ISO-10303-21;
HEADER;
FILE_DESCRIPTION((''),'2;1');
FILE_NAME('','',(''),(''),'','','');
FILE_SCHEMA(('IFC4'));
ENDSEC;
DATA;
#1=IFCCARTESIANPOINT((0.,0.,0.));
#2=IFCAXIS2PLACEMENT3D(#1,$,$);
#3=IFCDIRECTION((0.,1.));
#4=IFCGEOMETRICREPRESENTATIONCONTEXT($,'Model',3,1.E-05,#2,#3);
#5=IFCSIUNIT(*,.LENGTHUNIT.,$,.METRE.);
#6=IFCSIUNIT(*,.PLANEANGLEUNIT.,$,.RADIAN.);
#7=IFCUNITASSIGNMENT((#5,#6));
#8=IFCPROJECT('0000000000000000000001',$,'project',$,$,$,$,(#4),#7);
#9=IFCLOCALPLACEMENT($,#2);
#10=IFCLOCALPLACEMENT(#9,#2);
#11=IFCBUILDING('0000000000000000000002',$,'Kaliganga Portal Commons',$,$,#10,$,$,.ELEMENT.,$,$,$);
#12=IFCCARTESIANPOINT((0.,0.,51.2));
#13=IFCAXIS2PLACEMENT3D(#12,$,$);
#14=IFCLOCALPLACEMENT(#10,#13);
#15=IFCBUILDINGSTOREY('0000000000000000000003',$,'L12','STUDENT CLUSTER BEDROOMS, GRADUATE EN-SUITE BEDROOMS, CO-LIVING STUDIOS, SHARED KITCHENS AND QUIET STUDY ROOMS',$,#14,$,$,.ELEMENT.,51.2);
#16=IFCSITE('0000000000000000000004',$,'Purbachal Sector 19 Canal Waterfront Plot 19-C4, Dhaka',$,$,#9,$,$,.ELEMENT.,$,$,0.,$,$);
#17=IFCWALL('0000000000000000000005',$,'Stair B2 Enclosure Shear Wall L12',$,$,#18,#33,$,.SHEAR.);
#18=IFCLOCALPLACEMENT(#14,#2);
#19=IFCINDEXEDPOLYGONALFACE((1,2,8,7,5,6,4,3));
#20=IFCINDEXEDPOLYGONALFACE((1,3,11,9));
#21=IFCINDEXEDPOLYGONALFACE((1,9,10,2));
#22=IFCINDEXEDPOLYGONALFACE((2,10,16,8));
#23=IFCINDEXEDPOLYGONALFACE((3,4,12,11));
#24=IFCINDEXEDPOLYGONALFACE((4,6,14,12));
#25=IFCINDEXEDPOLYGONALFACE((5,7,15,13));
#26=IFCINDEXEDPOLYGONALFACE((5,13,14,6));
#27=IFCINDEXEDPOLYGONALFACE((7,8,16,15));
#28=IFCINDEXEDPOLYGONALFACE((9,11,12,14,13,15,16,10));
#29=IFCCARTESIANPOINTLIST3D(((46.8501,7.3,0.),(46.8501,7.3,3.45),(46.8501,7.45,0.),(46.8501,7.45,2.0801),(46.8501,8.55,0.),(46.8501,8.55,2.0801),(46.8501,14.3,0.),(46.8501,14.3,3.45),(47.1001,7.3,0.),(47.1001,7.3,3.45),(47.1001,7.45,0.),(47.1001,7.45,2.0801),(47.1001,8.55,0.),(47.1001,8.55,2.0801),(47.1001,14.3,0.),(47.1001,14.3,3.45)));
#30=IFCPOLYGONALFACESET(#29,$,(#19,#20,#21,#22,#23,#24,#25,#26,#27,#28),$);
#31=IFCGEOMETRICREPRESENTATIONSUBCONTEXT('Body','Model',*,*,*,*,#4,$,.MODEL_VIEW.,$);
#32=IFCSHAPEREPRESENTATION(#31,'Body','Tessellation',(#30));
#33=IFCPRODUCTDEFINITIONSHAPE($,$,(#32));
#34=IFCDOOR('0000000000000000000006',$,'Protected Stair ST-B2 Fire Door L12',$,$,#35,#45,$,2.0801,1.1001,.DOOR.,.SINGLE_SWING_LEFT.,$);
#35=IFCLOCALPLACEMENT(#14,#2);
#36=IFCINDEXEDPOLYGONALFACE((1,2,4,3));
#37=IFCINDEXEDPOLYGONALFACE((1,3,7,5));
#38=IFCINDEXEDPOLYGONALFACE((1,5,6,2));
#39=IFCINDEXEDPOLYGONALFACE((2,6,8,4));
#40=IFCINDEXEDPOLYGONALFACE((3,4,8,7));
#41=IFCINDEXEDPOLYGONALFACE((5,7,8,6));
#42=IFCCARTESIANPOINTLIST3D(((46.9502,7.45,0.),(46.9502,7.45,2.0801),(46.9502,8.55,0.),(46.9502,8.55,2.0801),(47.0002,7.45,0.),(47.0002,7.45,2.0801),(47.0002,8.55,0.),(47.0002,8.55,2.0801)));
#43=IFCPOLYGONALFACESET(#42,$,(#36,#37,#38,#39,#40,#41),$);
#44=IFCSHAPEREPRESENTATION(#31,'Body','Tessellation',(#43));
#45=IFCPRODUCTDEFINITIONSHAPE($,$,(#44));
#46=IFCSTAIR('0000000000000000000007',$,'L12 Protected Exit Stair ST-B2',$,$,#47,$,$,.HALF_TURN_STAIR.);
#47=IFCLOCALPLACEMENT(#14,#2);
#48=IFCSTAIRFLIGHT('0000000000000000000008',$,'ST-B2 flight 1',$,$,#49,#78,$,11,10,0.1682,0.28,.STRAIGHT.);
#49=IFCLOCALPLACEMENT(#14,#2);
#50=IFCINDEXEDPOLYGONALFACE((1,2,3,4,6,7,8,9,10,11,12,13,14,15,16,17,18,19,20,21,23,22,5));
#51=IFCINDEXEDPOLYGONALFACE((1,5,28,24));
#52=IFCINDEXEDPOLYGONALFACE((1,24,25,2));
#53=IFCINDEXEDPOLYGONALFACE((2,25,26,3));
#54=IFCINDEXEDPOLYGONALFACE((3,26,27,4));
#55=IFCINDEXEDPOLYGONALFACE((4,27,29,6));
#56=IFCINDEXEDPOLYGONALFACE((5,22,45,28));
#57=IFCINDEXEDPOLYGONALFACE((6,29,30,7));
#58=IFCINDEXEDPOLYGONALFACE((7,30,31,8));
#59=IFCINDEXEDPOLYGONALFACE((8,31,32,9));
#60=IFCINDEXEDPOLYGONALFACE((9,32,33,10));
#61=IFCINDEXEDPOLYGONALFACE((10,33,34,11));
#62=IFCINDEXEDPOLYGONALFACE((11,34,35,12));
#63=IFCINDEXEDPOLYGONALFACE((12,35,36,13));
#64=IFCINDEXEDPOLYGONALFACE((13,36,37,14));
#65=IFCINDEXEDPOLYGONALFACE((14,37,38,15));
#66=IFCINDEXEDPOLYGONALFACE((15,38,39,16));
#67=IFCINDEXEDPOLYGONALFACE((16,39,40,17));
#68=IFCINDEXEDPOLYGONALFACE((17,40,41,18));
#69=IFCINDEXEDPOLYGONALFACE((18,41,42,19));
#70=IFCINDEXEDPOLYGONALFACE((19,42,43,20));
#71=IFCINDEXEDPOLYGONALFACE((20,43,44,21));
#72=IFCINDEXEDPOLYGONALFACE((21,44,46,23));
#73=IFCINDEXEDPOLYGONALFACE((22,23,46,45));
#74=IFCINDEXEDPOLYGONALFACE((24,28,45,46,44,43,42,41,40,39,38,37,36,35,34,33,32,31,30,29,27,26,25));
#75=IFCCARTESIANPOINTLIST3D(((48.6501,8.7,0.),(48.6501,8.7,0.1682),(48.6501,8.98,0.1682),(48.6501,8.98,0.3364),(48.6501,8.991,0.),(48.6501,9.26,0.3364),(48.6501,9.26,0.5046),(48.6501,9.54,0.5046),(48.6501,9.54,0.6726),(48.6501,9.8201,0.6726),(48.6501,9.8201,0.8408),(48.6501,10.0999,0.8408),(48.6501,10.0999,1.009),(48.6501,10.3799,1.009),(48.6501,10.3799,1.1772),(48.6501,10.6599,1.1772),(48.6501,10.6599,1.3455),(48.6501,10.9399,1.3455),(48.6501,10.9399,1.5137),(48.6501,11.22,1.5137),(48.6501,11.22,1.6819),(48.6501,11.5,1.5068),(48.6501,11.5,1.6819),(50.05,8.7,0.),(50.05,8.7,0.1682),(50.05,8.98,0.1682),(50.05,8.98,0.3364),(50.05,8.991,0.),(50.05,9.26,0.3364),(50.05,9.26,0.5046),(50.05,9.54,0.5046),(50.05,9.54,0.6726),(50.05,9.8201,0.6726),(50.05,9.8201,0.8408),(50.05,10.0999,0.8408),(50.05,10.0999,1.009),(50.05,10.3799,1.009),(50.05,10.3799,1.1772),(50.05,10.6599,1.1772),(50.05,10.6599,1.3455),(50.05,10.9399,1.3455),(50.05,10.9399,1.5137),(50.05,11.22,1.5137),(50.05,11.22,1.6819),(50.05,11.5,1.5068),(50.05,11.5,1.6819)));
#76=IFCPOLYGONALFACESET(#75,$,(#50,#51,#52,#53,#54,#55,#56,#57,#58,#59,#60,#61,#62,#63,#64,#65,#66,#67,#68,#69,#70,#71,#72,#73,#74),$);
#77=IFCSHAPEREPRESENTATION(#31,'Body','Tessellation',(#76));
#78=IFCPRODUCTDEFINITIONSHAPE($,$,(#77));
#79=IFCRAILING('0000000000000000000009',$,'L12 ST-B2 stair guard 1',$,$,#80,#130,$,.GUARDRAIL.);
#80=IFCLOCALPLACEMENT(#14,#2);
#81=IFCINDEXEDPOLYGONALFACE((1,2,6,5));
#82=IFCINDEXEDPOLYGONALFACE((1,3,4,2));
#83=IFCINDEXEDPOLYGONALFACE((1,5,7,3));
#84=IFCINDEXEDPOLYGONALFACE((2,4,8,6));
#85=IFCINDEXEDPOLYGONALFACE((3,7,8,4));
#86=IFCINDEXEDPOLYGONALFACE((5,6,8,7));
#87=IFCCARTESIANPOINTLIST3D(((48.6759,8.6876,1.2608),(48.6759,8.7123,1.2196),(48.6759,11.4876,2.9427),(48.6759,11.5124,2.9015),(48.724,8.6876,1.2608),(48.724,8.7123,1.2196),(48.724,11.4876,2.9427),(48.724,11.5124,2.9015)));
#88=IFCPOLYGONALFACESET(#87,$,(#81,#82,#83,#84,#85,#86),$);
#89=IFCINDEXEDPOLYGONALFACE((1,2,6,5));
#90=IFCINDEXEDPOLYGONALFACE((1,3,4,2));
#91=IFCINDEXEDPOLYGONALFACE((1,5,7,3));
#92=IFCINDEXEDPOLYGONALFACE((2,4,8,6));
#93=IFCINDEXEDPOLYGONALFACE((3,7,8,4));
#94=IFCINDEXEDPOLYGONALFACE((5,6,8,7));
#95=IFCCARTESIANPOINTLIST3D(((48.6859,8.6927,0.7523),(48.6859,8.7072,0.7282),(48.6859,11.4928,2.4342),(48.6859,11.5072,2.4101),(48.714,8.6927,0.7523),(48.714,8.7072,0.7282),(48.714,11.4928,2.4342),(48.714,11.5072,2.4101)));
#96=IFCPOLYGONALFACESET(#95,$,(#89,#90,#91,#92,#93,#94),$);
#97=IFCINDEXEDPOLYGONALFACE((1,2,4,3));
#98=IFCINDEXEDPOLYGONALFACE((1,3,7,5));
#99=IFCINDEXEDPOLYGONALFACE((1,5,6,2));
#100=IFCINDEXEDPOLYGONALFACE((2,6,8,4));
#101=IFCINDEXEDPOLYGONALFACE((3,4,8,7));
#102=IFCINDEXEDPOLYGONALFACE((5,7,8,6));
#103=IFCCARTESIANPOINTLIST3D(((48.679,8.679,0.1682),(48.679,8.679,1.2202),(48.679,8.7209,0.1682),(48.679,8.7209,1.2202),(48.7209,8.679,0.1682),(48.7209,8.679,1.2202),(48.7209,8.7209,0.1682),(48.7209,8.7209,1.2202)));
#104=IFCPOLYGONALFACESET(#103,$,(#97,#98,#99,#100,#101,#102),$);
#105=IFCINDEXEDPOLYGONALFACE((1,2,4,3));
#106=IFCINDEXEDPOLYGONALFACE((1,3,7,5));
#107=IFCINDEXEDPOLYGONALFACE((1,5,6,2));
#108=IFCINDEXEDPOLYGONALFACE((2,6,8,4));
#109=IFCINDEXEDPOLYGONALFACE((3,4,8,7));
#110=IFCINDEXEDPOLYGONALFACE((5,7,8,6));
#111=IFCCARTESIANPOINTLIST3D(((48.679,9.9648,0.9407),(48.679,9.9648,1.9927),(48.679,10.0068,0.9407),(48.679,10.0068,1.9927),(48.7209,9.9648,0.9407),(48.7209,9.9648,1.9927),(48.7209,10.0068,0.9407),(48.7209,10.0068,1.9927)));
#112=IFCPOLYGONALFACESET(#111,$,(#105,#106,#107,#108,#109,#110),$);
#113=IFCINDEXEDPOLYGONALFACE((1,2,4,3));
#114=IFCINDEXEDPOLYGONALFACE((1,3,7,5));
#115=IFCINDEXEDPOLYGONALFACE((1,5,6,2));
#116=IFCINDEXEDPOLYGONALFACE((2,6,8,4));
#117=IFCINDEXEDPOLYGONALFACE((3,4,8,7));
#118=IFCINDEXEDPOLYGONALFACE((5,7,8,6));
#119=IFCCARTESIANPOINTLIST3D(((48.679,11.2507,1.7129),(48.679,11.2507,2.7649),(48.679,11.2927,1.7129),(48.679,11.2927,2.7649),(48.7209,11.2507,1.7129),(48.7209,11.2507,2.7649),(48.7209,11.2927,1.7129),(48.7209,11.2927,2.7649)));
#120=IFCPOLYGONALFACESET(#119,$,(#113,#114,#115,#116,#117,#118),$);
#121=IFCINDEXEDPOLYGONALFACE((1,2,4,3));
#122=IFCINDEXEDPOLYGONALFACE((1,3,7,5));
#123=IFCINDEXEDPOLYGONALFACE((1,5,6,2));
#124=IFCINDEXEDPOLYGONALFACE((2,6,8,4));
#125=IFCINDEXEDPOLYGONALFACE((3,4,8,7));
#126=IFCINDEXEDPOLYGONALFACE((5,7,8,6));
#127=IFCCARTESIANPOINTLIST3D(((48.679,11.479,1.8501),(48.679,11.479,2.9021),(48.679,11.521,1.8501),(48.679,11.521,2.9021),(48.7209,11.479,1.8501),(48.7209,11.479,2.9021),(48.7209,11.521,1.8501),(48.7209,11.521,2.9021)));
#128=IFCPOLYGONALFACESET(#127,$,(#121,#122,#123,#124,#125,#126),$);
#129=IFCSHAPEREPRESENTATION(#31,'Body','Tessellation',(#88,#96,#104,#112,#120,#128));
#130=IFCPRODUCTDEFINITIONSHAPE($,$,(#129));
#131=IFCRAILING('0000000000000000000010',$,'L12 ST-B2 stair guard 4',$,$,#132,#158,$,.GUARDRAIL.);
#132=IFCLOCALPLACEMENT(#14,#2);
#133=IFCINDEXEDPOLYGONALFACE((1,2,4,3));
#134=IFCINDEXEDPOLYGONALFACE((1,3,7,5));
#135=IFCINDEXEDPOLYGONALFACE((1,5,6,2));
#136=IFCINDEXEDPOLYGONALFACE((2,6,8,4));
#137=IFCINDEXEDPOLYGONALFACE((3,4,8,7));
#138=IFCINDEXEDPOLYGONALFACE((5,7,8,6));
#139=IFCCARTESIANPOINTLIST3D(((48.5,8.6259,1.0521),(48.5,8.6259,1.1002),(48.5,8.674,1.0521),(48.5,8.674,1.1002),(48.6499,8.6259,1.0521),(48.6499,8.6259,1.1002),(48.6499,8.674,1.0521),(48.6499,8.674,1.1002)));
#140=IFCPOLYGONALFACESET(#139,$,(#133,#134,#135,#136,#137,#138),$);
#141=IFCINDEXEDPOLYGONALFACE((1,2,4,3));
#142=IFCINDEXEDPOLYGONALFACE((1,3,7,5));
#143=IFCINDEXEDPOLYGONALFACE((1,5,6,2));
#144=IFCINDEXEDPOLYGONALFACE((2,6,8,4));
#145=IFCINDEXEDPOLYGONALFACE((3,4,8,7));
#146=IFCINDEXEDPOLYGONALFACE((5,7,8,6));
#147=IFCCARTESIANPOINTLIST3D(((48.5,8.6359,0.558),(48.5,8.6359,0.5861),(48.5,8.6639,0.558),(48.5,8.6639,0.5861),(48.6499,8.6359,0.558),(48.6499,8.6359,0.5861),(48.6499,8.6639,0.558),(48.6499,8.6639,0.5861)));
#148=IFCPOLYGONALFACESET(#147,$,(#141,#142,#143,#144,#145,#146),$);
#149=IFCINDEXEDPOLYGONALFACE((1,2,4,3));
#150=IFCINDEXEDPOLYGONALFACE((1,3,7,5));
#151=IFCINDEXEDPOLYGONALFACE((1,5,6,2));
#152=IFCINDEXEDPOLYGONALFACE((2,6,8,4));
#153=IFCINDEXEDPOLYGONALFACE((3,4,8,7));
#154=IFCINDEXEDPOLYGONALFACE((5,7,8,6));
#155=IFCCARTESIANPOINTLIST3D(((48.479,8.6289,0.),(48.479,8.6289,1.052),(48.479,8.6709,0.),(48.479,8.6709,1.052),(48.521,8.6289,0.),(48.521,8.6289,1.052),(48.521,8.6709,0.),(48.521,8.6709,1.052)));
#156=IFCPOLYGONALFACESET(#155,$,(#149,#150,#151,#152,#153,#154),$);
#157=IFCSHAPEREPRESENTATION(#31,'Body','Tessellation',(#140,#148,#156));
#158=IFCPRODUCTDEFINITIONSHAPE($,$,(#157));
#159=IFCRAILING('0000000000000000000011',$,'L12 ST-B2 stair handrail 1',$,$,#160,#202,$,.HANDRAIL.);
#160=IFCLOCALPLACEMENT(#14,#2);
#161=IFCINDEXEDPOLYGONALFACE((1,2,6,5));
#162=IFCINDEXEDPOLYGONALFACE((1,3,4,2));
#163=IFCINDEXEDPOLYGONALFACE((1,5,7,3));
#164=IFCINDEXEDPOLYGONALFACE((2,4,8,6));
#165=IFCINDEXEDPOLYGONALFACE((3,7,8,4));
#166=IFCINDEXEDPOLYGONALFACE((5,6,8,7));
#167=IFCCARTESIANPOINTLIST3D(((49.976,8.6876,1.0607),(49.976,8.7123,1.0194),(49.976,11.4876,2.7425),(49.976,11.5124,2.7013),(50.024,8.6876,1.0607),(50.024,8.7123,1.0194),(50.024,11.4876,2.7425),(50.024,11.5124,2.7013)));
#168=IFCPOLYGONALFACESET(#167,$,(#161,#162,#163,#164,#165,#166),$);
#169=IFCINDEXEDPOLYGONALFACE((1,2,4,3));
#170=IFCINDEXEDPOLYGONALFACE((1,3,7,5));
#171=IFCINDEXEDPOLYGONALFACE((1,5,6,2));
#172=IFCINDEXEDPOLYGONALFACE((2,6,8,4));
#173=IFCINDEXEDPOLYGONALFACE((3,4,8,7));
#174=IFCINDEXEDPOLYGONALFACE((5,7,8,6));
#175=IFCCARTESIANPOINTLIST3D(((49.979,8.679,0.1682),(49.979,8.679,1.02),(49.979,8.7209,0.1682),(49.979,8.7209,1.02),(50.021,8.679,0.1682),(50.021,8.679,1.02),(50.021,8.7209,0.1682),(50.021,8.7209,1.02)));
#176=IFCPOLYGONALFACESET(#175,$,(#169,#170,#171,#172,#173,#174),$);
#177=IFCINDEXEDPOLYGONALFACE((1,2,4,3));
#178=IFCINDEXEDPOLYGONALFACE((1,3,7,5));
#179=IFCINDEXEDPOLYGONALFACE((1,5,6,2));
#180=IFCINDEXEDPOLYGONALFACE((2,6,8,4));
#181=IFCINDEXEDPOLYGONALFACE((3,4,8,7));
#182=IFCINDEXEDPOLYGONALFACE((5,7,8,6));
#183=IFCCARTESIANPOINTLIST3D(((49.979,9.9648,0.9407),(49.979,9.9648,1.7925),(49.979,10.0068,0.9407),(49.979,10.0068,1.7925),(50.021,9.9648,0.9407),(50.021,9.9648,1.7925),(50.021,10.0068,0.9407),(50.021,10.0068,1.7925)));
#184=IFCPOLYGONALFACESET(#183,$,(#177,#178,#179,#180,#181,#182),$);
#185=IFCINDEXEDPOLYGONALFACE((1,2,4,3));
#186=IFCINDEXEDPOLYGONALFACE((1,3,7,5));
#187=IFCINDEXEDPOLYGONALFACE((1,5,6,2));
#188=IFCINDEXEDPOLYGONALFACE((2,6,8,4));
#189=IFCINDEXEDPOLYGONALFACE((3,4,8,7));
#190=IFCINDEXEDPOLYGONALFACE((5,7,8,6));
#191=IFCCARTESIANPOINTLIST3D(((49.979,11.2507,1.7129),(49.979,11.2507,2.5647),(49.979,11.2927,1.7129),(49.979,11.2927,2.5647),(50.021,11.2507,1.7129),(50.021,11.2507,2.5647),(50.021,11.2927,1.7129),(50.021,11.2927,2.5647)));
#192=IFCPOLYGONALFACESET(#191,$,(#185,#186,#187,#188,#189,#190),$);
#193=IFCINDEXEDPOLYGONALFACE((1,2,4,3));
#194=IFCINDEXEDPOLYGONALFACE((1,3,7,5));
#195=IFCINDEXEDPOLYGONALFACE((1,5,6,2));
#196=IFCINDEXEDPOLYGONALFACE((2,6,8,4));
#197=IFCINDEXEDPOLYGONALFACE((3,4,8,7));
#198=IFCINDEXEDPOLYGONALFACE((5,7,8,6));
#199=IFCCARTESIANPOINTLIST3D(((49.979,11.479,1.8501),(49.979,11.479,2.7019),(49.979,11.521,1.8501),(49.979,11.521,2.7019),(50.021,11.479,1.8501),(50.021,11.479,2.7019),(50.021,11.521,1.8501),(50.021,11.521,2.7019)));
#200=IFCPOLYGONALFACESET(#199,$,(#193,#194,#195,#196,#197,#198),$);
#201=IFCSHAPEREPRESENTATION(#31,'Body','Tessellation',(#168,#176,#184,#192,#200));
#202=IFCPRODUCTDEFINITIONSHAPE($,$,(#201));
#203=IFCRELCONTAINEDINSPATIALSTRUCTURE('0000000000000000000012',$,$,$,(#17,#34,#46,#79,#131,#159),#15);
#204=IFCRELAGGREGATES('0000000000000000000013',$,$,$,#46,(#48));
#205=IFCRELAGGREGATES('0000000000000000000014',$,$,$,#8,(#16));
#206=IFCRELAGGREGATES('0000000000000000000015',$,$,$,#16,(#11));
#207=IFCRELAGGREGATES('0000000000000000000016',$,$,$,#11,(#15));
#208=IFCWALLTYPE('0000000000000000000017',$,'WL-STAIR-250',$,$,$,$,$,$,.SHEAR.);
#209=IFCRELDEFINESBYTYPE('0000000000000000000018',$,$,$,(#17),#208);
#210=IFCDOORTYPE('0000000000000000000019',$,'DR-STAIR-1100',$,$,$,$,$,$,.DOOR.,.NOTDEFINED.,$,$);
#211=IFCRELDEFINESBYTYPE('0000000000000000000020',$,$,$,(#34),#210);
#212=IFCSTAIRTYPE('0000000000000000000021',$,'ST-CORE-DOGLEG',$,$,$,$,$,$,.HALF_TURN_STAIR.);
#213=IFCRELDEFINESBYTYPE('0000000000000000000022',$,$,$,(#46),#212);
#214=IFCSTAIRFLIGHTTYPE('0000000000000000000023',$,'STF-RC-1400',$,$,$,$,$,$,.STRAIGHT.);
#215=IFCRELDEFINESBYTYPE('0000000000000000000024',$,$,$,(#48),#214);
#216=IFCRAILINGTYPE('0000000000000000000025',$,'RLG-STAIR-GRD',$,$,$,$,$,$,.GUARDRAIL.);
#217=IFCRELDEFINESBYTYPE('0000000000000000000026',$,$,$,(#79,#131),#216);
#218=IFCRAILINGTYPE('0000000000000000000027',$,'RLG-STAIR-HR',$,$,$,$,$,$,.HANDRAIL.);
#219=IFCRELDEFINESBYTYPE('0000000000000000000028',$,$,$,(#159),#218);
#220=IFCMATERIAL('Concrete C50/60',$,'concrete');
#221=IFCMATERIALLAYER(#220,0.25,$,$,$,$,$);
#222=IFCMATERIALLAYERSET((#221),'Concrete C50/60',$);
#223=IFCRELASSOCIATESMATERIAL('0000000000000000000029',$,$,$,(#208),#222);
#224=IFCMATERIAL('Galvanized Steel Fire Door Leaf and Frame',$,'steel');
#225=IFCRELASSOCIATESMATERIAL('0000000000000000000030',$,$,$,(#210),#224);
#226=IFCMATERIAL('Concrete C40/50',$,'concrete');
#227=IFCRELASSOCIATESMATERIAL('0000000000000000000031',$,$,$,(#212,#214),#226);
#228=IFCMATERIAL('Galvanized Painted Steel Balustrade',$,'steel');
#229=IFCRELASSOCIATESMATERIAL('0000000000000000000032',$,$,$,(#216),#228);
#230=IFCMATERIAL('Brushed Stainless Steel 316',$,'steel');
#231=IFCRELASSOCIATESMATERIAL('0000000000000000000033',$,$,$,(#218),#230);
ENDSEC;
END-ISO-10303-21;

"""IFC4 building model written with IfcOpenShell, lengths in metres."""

from ifc_helpers import new_model, si_unit, direction, frame, frame_2d, origin, origin_2d, place, context, subcontext, project, spatial, polyline, rectangle, outline, extrude, material, layer, layer_set, type_object, element, fill, aggregate, save


model = new_model("IFC4")

# Units and contexts
model_context = context("Model", 3, precision=1e-05, world=origin(), true_north=direction((0.0, 1.0)))
body_context = subcontext(model_context, "Body", "Model", "MODEL_VIEW")
ifc_project = project(units=[si_unit("LENGTHUNIT", "METRE"), si_unit("PLANEANGLEUNIT", "RADIAN")], contexts=[model_context])

# Site, building, storey
site_placement = place(None, origin())
site = spatial("IfcSite", under=ifc_project, at=site_placement, Name="Purbachal Sector 19 Canal Waterfront Plot 19-C4, Dhaka", CompositionType="ELEMENT", RefElevation=0.0)
building_placement = place(site_placement, origin())
building = spatial("IfcBuilding", under=site, at=building_placement, Name="Kaliganga Portal Commons", CompositionType="ELEMENT")
storey_placement = place(building_placement, frame((0.0, 0.0, 51.2)))
storey = spatial("IfcBuildingStorey", under=building, at=storey_placement, Name="L12", Description="STUDENT CLUSTER BEDROOMS, GRADUATE EN-SUITE BEDROOMS, CO-LIVING STUDIOS, SHARED KITCHENS AND QUIET STUDY ROOMS", CompositionType="ELEMENT", Elevation=51.2)

# Wall, opening, door
ifc_material_1 = material(Name="Concrete C50/60", Category="concrete")
ifc_layer_1 = layer(ifc_material_1, 0.25)
ifc_layer_set_1 = layer_set([ifc_layer_1], Name="Concrete C50/60")
wall_type_1 = type_object("IfcWallType", Name="WL-STAIR-250", PredefinedType="SHEAR", material=ifc_layer_set_1)
wall_1_placement = place(storey_placement, frame((46.9751, 7.3, 0.0), z_axis=(0.0, 0.0, 1.0), x_axis=(0.0, 1.0, 0.0)))
wall_1 = element("IfcWall", 1, at=wall_1_placement, inside=storey, type_object=wall_type_1, Name="Stair B2 Enclosure Shear Wall L12", PredefinedType="SHEAR", context=body_context, shape_type="SweptSolid", body=[
    extrude(rectangle(XDim=7.0, YDim=0.25, at=frame_2d((3.5, 0.0))), origin(), (0.0, 0.0, 1.0), 3.45),
])
opening_1_placement = place(wall_1_placement, frame((0.1499, 0.0, 0.0)))
opening_1 = element("IfcOpeningElement", 2, at=opening_1_placement, cuts=wall_1, PredefinedType="OPENING", context=body_context, shape_type="SweptSolid", body=[
    extrude(rectangle(XDim=1.1001, YDim=2.0801, at=frame_2d((0.55, 1.04))), frame((0.0, 0.135, 0.0), z_axis=(0.0, -1.0, 0.0), x_axis=(1.0, 0.0, 0.0)), (0.0, 0.0, 1.0), 0.27),
])
ifc_material_2 = material(Name="Galvanized Steel Fire Door Leaf and Frame", Category="steel")
door_type = type_object("IfcDoorType", Name="DR-STAIR-1100", OperationType="NOTDEFINED", PredefinedType="DOOR", material=ifc_material_2)
door_placement = place(opening_1_placement, origin())
door = element("IfcDoor", 3, at=door_placement, inside=storey, type_object=door_type, Name="Protected Stair ST-B2 Fire Door L12", OperationType="SINGLE_SWING_LEFT", OverallHeight=2.0801, OverallWidth=1.1001, PredefinedType="DOOR", context=body_context, shape_type="SweptSolid", body=[
    extrude(rectangle(XDim=1.1001, YDim=2.0801, at=frame_2d((0.55, 1.04))), frame((0.0, 0.0249, 0.0), z_axis=(0.0, -1.0, 0.0), x_axis=(1.0, 0.0, 0.0)), (0.0, 0.0, 1.0), 0.05),
])
fill(opening_1, door)

# Stair, stair flight
ifc_material_3 = material(Name="Concrete C40/50", Category="concrete")
stair_type = type_object("IfcStairType", Name="ST-CORE-DOGLEG", PredefinedType="HALF_TURN_STAIR", material=ifc_material_3)
stair_placement = place(storey_placement, origin())
stair = element("IfcStair", 4, at=stair_placement, inside=storey, type_object=stair_type, Name="L12 Protected Exit Stair ST-B2", PredefinedType="HALF_TURN_STAIR")
stair_flight_type = type_object("IfcStairFlightType", Name="STF-RC-1400", PredefinedType="STRAIGHT", material=ifc_material_3)
stair_flight_placement = place(storey_placement, frame((49.3501, 8.7, 0.0), z_axis=(0.0, 0.0, 1.0), x_axis=(0.0, 1.0, 0.0)))
stair_flight = element("IfcStairFlight", 5, at=stair_flight_placement, type_object=stair_flight_type, Name="ST-B2 flight 1", NumberOfRisers=11, NumberOfTreads=10, PredefinedType="STRAIGHT", RiserHeight=0.1682, TreadLength=0.28, context=body_context, shape_type="SweptSolid", body=[
    extrude(outline(polyline([(0.0, 0.0), (0.0, 0.1682), (0.28, 0.1682), (0.28, 0.3364), (0.5601, 0.3364), (0.5601, 0.5046), (0.8401, 0.5046), (0.8401, 0.6726), (1.1201, 0.6726), (1.1201, 0.8408), (1.3999, 0.8408), (1.3999, 1.009), (1.6799, 1.009), (1.6799, 1.1772), (1.96, 1.1772), (1.96, 1.3455), (2.24, 1.3455), (2.24, 1.5137), (2.52, 1.5137), (2.52, 1.6819), (2.8, 1.6819), (2.8, 1.8501), (2.8, 1.5068), (0.291, 0.0), (0.0, 0.0)])), frame((0.0, 0.7, 0.0), z_axis=(0.0, -1.0, 0.0), x_axis=(1.0, 0.0, 0.0)), (0.0, 0.0, 1.0), 1.3999),
])
aggregate(stair, [stair_flight])

# Railings
ifc_material_4 = material(Name="Galvanized Painted Steel Balustrade", Category="steel")
railing_type_1 = type_object("IfcRailingType", Name="RLG-STAIR-GRD", PredefinedType="GUARDRAIL", material=ifc_material_4)
railing_1_placement = place(storey_placement, frame((48.7, 8.7, 0.1682)))
element("IfcRailing", 6, at=railing_1_placement, inside=storey, type_object=railing_type_1, Name="L12 ST-B2 stair guard 1", PredefinedType="GUARDRAIL", context=body_context, shape_type="SweptSolid", body=[
    extrude(rectangle(XDim=0.0481, YDim=0.0481, at=origin_2d()), frame((0.0, 0.0, 1.072), z_axis=(0.0, 0.857242, 0.514913), x_axis=(-1.0, 0.0, 0.0)), (0.0, 0.0, 1.0), 3.2664),
    extrude(rectangle(XDim=0.0281, YDim=0.0281, at=origin_2d()), frame((0.0, 0.0, 0.572), z_axis=(0.0, 0.857242, 0.514913), x_axis=(-1.0, 0.0, 0.0)), (0.0, 0.0, 1.0), 3.2664),
    extrude(rectangle(XDim=0.042, YDim=0.042, at=origin_2d()), origin(), (0.0, 0.0, 1.0), 1.052),
    extrude(rectangle(XDim=0.042, YDim=0.042, at=origin_2d()), frame((0.0, 1.2859, 0.7725)), (0.0, 0.0, 1.0), 1.052),
    extrude(rectangle(XDim=0.042, YDim=0.042, at=origin_2d()), frame((0.0, 2.5718, 1.5447)), (0.0, 0.0, 1.0), 1.052),
    extrude(rectangle(XDim=0.042, YDim=0.042, at=origin_2d()), frame((0.0, 2.8, 1.6819)), (0.0, 0.0, 1.0), 1.052),
])
railing_2_placement = place(storey_placement, frame((48.6499, 8.6499, 0.0)))
element("IfcRailing", 7, at=railing_2_placement, inside=storey, type_object=railing_type_1, Name="L12 ST-B2 stair guard 4", PredefinedType="GUARDRAIL", context=body_context, shape_type="SweptSolid", body=[
    extrude(rectangle(XDim=0.0481, YDim=0.0481, at=origin_2d()), frame((0.0, 0.0, 1.0762), z_axis=(-1.0, 0.0, 0.0), x_axis=(0.0, -1.0, 0.0)), (0.0, 0.0, 1.0), 0.1499),
    extrude(rectangle(XDim=0.0281, YDim=0.0281, at=origin_2d()), frame((0.0, 0.0, 0.572), z_axis=(-1.0, 0.0, 0.0), x_axis=(0.0, -1.0, 0.0)), (0.0, 0.0, 1.0), 0.1499),
    extrude(rectangle(XDim=0.042, YDim=0.042, at=origin_2d()), frame((-0.1499, 0.0, 0.0)), (0.0, 0.0, 1.0), 1.052),
])
ifc_material_5 = material(Name="Brushed Stainless Steel 316", Category="steel")
railing_type_2 = type_object("IfcRailingType", Name="RLG-STAIR-HR", PredefinedType="HANDRAIL", material=ifc_material_5)
railing_3_placement = place(storey_placement, frame((50.0, 8.7, 0.1682)))
element("IfcRailing", 8, at=railing_3_placement, inside=storey, type_object=railing_type_2, Name="L12 ST-B2 stair handrail 1", PredefinedType="HANDRAIL", context=body_context, shape_type="SweptSolid", body=[
    extrude(rectangle(XDim=0.0481, YDim=0.0481, at=origin_2d()), frame((0.0, 0.0, 0.8718), z_axis=(0.0, 0.857242, 0.514913), x_axis=(-1.0, 0.0, 0.0)), (0.0, 0.0, 1.0), 3.2664),
    extrude(rectangle(XDim=0.042, YDim=0.042, at=origin_2d()), origin(), (0.0, 0.0, 1.0), 0.8518),
    extrude(rectangle(XDim=0.042, YDim=0.042, at=origin_2d()), frame((0.0, 1.2859, 0.7725)), (0.0, 0.0, 1.0), 0.8518),
    extrude(rectangle(XDim=0.042, YDim=0.042, at=origin_2d()), frame((0.0, 2.5718, 1.5447)), (0.0, 0.0, 1.0), 0.8518),
    extrude(rectangle(XDim=0.042, YDim=0.042, at=origin_2d()), frame((0.0, 2.8, 1.6819)), (0.0, 0.0, 1.0), 0.8518),
])

save(model, "model.ifc")
